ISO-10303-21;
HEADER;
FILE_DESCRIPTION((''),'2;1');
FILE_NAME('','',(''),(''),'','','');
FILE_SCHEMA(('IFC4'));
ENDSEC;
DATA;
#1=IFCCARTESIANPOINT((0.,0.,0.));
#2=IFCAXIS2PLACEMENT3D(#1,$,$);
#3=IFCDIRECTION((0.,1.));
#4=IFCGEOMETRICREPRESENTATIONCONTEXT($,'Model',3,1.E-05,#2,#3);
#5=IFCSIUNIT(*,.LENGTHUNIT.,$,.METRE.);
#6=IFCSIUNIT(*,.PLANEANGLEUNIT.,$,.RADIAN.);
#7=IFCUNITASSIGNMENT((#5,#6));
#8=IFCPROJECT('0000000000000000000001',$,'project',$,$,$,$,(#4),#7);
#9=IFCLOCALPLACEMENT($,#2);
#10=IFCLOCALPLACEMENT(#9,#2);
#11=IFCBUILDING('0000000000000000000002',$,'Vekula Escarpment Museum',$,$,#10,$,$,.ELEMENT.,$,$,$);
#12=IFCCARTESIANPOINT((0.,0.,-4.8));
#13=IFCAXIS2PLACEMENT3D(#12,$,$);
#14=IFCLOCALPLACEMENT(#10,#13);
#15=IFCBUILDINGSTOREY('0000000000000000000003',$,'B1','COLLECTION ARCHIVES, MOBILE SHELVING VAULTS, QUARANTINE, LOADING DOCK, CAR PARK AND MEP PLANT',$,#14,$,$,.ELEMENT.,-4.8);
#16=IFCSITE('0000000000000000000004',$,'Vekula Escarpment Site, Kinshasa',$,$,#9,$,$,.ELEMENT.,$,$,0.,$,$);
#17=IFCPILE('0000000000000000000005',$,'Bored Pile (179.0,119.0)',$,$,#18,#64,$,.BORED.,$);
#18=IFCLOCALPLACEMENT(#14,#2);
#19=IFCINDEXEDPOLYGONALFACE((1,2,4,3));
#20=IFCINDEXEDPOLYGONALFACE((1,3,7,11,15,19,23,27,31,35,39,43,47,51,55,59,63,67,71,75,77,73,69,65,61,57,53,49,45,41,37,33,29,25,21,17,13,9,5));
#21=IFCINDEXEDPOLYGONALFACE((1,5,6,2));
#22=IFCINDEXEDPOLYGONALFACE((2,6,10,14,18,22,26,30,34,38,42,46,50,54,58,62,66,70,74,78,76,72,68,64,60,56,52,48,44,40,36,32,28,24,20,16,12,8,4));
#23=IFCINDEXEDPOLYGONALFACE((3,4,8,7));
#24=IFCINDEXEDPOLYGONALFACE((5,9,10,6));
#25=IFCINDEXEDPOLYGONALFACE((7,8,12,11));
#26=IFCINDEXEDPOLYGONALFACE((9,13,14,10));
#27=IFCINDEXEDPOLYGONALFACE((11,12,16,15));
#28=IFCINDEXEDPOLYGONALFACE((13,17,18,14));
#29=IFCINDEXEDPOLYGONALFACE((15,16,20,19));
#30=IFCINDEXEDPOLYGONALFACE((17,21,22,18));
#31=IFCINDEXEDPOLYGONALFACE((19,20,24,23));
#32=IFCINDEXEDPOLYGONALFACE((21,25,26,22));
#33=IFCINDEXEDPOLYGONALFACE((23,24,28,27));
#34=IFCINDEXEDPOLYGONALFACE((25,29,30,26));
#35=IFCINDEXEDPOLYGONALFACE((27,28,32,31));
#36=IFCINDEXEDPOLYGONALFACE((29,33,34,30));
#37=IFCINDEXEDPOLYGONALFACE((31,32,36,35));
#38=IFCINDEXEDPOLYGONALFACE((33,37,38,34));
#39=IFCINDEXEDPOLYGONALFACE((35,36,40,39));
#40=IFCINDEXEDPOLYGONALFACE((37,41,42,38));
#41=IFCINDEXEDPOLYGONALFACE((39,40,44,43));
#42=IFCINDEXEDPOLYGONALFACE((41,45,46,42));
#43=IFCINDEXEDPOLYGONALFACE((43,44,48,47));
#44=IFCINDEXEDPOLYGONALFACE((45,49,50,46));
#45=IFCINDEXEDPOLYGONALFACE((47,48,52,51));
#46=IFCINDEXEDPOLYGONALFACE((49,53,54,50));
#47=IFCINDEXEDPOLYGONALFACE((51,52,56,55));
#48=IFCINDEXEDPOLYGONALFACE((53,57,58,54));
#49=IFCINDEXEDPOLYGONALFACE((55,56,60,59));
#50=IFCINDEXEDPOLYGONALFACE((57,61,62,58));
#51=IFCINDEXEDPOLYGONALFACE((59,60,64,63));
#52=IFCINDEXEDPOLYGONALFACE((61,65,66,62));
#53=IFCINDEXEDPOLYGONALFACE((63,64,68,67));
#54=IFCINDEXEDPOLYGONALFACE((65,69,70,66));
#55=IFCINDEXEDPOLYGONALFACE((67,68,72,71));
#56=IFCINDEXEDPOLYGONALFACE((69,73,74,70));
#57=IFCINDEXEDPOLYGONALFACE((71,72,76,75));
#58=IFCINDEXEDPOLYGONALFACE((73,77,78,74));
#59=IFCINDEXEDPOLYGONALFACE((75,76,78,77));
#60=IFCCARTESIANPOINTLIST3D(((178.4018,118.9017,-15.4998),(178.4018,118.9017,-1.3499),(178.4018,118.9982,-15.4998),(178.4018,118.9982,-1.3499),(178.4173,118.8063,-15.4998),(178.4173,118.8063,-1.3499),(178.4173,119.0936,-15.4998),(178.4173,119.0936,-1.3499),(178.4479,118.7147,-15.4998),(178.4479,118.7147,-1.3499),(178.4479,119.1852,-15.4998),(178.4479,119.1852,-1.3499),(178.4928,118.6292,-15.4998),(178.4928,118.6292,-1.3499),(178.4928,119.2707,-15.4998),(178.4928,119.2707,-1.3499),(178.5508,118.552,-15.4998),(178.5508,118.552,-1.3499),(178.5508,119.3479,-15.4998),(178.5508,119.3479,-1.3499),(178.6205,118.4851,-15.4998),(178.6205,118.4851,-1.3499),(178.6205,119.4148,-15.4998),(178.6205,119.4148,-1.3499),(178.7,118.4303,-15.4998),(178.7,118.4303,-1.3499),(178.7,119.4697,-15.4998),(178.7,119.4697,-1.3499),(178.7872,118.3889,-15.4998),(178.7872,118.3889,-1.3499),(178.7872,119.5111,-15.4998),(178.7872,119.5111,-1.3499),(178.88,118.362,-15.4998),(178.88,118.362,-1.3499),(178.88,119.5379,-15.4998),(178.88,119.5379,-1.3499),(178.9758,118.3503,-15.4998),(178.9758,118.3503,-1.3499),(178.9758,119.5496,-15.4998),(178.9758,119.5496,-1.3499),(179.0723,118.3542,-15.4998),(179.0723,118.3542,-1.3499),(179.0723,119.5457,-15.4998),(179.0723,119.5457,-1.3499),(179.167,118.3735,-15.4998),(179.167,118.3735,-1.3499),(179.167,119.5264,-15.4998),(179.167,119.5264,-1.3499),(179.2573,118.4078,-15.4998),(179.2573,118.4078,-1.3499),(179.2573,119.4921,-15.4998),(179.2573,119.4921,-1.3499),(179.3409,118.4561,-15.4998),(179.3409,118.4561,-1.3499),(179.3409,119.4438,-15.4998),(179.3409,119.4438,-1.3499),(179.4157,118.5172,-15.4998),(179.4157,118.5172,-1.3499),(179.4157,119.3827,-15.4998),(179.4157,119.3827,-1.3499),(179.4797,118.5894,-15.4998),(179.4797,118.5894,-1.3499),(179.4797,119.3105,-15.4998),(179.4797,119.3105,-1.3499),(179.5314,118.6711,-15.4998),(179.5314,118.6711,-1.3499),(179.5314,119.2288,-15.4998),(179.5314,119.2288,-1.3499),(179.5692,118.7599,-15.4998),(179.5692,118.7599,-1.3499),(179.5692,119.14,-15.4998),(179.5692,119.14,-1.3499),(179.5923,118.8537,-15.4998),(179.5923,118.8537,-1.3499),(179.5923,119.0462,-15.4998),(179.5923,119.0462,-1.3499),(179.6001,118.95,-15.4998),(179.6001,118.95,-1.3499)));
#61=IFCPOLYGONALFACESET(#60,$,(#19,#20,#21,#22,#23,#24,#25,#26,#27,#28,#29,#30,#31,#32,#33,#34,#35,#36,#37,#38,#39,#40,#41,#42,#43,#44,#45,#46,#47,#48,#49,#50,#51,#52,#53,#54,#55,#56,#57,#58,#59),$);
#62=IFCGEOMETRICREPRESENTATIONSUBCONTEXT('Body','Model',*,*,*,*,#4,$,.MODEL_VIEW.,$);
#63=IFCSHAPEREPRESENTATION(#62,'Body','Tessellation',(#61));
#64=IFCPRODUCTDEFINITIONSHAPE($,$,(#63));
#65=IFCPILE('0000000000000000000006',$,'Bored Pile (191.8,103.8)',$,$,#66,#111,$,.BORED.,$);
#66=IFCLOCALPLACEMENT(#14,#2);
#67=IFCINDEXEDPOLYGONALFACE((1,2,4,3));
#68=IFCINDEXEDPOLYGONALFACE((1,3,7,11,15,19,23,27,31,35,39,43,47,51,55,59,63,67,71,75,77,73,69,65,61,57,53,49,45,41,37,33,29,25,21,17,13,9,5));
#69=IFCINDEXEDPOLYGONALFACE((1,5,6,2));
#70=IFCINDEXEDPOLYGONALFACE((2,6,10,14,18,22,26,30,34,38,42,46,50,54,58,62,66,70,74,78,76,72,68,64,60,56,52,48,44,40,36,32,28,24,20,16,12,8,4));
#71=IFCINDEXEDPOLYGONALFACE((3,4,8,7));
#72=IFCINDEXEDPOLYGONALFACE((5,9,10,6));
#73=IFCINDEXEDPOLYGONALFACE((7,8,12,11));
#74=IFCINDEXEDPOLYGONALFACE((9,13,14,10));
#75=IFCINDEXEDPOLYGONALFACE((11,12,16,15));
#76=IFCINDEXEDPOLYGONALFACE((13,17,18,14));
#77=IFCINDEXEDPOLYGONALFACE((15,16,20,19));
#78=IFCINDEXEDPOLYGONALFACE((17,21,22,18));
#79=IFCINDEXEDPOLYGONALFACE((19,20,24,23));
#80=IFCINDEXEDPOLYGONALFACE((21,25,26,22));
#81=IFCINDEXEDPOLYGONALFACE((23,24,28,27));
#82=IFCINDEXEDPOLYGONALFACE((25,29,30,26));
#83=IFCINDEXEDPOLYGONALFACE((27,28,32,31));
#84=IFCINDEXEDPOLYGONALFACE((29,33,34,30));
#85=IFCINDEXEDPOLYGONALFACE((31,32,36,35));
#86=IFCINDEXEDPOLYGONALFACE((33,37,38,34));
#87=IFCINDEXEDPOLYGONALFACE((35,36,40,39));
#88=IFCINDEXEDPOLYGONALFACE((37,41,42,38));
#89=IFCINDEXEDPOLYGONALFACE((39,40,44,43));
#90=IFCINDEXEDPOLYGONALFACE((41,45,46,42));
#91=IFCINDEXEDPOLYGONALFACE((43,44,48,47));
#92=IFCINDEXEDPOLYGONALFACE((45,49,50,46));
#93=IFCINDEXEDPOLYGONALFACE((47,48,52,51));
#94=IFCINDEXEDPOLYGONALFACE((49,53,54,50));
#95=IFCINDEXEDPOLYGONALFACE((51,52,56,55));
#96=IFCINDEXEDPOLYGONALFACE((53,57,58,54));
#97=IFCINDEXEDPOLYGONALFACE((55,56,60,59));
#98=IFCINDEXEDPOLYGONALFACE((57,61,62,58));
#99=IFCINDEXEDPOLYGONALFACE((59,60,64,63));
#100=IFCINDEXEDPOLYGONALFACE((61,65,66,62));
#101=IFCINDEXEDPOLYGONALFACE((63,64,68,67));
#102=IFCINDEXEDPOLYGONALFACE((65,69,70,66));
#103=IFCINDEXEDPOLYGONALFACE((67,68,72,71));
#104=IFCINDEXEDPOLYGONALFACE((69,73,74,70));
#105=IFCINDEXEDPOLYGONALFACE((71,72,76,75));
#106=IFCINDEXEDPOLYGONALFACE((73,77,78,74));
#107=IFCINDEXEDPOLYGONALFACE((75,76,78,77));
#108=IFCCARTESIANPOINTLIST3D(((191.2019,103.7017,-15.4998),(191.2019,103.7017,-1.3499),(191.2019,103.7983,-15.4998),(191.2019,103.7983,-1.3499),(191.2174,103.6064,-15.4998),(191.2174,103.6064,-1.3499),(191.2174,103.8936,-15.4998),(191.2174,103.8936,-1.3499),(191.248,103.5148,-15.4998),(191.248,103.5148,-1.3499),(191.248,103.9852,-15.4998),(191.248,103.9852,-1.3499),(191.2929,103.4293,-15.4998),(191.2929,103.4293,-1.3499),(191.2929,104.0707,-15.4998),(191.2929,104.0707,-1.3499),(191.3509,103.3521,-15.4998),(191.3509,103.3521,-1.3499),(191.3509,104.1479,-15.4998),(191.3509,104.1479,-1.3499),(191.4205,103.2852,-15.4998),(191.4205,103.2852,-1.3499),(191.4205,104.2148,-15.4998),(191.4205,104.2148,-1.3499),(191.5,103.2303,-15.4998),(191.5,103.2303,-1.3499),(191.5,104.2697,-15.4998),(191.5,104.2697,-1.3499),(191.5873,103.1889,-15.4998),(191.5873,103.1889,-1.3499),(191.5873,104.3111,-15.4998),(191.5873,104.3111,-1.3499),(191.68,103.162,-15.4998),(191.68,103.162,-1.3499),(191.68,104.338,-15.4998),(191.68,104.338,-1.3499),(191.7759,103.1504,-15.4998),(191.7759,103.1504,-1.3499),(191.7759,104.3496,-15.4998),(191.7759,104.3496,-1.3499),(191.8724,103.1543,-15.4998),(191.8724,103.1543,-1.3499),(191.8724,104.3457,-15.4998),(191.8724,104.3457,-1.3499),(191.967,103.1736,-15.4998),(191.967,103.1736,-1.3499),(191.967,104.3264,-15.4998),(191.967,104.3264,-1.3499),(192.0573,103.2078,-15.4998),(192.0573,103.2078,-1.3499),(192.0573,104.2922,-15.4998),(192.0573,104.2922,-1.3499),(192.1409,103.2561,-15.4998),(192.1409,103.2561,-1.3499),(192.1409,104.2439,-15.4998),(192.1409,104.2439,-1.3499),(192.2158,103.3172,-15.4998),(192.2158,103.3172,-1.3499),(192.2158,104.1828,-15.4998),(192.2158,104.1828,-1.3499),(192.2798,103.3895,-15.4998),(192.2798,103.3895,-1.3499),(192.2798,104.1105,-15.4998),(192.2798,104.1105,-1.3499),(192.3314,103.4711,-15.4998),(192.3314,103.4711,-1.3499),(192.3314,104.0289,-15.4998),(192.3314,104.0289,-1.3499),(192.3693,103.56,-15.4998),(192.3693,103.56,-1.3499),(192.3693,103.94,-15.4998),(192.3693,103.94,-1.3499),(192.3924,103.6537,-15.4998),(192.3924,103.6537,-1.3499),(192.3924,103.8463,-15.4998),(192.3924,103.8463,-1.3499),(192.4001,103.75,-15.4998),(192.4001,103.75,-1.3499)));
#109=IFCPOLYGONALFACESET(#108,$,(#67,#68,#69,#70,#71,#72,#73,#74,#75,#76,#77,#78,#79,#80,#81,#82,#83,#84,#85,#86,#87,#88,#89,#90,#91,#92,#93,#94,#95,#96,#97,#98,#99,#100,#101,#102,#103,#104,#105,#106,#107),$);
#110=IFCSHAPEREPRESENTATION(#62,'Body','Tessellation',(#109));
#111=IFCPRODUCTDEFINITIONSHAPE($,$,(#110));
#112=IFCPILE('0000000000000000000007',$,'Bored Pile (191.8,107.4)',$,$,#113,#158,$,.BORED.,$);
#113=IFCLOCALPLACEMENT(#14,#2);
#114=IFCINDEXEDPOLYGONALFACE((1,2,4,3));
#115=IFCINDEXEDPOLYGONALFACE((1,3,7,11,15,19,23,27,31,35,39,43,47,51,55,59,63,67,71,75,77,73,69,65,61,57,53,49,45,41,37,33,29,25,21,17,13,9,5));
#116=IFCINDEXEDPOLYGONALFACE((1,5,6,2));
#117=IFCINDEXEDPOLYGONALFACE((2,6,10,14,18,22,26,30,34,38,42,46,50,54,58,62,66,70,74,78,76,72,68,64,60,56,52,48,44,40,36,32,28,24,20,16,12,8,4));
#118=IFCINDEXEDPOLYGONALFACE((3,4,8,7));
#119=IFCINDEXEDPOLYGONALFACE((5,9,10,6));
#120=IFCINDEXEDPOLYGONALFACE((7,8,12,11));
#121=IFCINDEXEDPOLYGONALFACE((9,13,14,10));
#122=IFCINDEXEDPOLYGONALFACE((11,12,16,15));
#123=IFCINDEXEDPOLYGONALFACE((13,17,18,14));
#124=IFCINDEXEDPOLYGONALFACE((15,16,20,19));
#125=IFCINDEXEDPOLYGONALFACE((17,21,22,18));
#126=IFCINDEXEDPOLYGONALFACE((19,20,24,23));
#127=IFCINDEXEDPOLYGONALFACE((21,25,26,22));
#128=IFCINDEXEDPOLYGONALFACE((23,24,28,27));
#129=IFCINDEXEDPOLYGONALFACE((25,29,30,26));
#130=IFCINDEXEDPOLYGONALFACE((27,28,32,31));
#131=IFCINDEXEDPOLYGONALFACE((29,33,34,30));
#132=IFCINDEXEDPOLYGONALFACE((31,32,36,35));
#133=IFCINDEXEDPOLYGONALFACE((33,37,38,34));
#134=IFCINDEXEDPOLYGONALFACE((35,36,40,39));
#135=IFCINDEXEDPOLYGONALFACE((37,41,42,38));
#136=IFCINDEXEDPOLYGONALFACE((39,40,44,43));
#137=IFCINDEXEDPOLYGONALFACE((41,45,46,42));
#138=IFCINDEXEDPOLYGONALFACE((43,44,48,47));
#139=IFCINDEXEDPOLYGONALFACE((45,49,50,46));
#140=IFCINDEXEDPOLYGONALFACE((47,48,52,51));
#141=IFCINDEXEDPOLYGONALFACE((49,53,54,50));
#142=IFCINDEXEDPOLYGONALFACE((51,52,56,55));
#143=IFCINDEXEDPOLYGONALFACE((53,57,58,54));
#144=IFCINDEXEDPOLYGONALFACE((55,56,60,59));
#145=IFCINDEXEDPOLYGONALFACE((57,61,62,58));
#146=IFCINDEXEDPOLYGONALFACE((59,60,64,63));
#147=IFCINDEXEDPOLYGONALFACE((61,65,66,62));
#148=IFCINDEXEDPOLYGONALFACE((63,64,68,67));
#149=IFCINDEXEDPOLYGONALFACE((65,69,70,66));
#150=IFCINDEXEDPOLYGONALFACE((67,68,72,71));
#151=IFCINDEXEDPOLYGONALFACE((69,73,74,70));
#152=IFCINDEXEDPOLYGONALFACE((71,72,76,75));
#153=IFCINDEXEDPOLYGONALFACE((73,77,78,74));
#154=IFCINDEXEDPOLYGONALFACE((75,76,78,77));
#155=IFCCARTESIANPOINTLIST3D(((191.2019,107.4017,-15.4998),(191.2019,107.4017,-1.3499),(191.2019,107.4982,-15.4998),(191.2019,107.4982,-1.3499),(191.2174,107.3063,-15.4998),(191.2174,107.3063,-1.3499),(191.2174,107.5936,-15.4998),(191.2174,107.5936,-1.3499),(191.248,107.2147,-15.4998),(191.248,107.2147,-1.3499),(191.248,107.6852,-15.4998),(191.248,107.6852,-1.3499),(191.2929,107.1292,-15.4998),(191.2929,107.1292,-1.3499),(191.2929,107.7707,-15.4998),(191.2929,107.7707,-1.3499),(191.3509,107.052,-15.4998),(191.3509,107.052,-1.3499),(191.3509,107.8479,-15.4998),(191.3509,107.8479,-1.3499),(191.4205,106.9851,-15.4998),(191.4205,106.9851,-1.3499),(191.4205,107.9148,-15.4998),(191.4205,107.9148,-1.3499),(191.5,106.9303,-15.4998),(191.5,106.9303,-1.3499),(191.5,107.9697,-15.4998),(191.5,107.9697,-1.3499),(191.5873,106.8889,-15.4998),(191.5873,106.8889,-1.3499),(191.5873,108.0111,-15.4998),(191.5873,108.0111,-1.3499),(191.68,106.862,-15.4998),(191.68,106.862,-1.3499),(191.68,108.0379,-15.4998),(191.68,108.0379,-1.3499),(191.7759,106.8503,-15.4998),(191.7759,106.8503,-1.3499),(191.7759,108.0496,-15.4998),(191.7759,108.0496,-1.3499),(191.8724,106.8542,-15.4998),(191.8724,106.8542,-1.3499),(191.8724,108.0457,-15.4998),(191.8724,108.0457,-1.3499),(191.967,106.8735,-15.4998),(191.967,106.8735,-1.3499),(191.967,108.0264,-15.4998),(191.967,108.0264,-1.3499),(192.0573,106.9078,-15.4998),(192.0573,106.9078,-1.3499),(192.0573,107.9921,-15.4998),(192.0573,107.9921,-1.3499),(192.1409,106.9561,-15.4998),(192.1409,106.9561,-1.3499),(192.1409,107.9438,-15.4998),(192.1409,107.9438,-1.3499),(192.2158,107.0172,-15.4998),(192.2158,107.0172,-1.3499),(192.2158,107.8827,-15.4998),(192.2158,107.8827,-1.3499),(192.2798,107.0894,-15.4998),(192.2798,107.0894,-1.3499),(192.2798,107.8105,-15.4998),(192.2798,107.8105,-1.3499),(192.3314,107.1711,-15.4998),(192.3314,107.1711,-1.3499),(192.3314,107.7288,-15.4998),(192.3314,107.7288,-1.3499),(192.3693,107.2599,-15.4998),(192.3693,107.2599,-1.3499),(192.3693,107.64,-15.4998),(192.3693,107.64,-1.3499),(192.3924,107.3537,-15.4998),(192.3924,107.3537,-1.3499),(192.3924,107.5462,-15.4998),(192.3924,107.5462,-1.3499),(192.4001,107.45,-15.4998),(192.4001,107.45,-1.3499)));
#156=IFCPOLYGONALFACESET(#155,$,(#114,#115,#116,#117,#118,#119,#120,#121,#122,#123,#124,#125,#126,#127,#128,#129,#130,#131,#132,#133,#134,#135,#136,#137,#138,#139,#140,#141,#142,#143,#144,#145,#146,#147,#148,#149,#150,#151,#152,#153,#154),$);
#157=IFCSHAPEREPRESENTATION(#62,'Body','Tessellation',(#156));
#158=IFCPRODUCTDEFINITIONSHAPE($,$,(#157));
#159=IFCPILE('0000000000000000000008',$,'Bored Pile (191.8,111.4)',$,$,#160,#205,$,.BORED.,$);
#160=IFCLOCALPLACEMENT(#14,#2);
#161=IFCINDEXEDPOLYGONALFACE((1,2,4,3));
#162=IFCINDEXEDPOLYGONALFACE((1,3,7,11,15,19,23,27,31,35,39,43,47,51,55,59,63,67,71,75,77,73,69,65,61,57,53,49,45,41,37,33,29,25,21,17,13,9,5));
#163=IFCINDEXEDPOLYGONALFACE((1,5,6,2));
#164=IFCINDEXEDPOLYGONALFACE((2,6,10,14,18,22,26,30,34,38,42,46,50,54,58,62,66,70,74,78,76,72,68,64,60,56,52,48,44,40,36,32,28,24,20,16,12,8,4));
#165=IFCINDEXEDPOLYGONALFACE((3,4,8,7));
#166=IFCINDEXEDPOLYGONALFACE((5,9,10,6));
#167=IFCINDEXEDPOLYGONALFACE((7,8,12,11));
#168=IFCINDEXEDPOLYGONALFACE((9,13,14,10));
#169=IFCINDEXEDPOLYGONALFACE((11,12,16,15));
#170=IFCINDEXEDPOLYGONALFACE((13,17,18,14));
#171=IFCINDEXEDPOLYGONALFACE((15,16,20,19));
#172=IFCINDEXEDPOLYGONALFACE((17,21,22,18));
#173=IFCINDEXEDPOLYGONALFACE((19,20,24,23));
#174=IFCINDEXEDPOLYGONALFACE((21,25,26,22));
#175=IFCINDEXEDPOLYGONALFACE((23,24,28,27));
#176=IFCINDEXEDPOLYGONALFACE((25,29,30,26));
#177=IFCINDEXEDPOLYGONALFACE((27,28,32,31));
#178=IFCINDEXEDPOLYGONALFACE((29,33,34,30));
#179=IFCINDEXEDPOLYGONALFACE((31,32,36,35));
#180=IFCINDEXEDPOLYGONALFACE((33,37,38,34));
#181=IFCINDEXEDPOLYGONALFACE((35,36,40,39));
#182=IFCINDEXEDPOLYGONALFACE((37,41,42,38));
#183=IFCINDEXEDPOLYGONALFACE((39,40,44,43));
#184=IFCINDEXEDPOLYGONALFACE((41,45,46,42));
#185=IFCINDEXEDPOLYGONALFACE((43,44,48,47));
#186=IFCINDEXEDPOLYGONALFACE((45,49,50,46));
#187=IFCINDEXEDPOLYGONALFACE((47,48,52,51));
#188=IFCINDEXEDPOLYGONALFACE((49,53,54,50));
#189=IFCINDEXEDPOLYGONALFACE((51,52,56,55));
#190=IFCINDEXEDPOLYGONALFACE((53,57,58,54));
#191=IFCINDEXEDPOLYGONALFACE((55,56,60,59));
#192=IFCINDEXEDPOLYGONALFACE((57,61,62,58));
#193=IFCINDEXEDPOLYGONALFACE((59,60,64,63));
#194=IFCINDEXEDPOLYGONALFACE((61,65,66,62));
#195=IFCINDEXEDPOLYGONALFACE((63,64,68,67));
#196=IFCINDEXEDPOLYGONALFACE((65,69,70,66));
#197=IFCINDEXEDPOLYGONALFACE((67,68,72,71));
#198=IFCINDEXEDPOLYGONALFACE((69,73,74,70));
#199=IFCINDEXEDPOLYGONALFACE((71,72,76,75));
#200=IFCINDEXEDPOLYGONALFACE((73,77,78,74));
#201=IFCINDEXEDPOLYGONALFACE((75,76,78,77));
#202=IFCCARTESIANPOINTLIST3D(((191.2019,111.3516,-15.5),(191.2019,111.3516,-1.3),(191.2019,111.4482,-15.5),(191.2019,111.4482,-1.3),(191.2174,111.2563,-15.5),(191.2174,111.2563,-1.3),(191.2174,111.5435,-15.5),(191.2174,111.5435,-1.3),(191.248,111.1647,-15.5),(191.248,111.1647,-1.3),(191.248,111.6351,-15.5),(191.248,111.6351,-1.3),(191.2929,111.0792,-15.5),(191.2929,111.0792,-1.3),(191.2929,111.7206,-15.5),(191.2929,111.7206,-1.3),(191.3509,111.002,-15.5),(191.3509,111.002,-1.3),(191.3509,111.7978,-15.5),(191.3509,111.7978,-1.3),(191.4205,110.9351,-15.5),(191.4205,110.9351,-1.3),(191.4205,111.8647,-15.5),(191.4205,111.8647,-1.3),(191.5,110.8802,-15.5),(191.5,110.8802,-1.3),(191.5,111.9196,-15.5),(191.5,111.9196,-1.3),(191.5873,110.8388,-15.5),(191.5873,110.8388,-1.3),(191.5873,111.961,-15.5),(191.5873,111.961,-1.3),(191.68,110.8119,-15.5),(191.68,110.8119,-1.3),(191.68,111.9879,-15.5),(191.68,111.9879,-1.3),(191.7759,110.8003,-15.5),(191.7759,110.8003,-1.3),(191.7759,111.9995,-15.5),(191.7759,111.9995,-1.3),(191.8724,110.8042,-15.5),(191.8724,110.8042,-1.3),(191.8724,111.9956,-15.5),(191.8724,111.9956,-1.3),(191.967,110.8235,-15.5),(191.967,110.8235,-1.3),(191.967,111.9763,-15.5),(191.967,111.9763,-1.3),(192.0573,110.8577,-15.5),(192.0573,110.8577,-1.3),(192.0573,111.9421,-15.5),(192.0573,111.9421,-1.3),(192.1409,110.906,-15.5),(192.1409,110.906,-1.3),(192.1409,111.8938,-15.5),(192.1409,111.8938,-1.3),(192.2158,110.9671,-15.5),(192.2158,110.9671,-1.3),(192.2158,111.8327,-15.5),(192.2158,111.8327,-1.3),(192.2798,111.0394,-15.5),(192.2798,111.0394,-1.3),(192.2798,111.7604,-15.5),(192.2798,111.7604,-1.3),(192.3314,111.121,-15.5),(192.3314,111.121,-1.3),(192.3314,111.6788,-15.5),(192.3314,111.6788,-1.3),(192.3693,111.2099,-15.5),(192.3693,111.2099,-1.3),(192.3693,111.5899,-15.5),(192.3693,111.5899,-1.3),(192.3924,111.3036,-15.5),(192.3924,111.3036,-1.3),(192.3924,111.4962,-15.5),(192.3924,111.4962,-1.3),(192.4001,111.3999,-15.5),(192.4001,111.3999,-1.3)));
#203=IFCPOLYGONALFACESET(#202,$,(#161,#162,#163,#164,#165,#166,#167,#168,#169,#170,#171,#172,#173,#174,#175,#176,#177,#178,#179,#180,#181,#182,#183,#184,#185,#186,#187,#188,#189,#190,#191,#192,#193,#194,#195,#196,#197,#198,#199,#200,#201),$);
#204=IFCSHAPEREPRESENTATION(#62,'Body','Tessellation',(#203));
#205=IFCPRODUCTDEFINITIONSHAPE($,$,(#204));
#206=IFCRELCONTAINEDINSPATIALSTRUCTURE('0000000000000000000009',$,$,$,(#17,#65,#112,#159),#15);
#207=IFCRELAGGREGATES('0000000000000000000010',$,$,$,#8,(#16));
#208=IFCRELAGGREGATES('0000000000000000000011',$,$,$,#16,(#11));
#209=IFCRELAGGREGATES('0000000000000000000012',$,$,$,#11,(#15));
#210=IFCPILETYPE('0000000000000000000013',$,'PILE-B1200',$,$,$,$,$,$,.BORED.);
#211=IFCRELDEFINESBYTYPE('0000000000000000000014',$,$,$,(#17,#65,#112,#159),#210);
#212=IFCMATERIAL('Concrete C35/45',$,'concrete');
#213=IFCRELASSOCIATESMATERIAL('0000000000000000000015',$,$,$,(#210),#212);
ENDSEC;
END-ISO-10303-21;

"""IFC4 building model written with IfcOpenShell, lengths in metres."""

from ifc_helpers import new_model, si_unit, direction, frame, origin, origin_2d, place, context, subcontext, project, spatial, circle, extrude, material, material_profile, profile_set, type_object, element, save


model = new_model("IFC4")

# Units and contexts
model_context = context("Model", 3, precision=1e-05, world=origin(), true_north=direction((0.0, 1.0)))
body_context = subcontext(model_context, "Body", "Model", "MODEL_VIEW")
ifc_project = project(units=[si_unit("LENGTHUNIT", "METRE"), si_unit("PLANEANGLEUNIT", "RADIAN")], contexts=[model_context])

# Site, building, storey
site_placement = place(None, origin())
site = spatial("IfcSite", under=ifc_project, at=site_placement, Name="Vekula Escarpment Site, Kinshasa", CompositionType="ELEMENT", RefElevation=0.0)
building_placement = place(site_placement, origin())
building = spatial("IfcBuilding", under=site, at=building_placement, Name="Vekula Escarpment Museum", CompositionType="ELEMENT")
storey_placement = place(building_placement, frame((0.0, 0.0, -4.8)))
storey = spatial("IfcBuildingStorey", under=building, at=storey_placement, Name="B1", Description="COLLECTION ARCHIVES, MOBILE SHELVING VAULTS, QUARANTINE, LOADING DOCK, CAR PARK AND MEP PLANT", CompositionType="ELEMENT", Elevation=-4.8)

# Piles
ifc_material_1 = material(Name="Concrete C35/45", Category="concrete")
ifc_material_profile_1 = material_profile(ifc_material_1, circle(Radius=0.6001, at=origin_2d()), Name="BORED PILE 1200")
ifc_profile_set_1 = profile_set([ifc_material_profile_1], Name="Concrete C35/45")
pile_type = type_object("IfcPileType", Name="PILE-B1200", PredefinedType="BORED", material=ifc_profile_set_1)
for number, where, z_axis, x_axis, name in (
    (1, (179.0, 118.95, -1.3499), (0.0, 0.0, -1.0), (1.0, 0.0, 0.0), "Bored Pile (179.0,119.0)"),
    (2, (191.8, 103.75, -1.3499), (0.0, 0.0, -1.0), (1.0, 0.0, 0.0), "Bored Pile (191.8,103.8)"),
    (3, (191.8, 107.45, -1.3499), (0.0, 0.0, -1.0), (1.0, 0.0, 0.0), "Bored Pile (191.8,107.4)"),
):
    element("IfcPile", number, at=place(storey_placement, frame(where, z_axis=z_axis, x_axis=x_axis)), inside=storey, type_object=pile_type, Name=name, PredefinedType="BORED", context=body_context, shape_type="SweptSolid", body=[
        extrude(circle(Radius=0.6001, at=origin_2d()), origin(), (0.0, 0.0, 1.0), 14.1499),
    ])
for number, where, z_axis, x_axis, name in (
    (4, (191.8, 111.3999, -1.3), (0.0, 0.0, -1.0), (1.0, 0.0, 0.0), "Bored Pile (191.8,111.4)"),
):
    element("IfcPile", number, at=place(storey_placement, frame(where, z_axis=z_axis, x_axis=x_axis)), inside=storey, type_object=pile_type, Name=name, PredefinedType="BORED", context=body_context, shape_type="SweptSolid", body=[
        extrude(circle(Radius=0.6001, at=origin_2d()), origin(), (0.0, 0.0, 1.0), 14.2),
    ])

save(model, "model.ifc")
